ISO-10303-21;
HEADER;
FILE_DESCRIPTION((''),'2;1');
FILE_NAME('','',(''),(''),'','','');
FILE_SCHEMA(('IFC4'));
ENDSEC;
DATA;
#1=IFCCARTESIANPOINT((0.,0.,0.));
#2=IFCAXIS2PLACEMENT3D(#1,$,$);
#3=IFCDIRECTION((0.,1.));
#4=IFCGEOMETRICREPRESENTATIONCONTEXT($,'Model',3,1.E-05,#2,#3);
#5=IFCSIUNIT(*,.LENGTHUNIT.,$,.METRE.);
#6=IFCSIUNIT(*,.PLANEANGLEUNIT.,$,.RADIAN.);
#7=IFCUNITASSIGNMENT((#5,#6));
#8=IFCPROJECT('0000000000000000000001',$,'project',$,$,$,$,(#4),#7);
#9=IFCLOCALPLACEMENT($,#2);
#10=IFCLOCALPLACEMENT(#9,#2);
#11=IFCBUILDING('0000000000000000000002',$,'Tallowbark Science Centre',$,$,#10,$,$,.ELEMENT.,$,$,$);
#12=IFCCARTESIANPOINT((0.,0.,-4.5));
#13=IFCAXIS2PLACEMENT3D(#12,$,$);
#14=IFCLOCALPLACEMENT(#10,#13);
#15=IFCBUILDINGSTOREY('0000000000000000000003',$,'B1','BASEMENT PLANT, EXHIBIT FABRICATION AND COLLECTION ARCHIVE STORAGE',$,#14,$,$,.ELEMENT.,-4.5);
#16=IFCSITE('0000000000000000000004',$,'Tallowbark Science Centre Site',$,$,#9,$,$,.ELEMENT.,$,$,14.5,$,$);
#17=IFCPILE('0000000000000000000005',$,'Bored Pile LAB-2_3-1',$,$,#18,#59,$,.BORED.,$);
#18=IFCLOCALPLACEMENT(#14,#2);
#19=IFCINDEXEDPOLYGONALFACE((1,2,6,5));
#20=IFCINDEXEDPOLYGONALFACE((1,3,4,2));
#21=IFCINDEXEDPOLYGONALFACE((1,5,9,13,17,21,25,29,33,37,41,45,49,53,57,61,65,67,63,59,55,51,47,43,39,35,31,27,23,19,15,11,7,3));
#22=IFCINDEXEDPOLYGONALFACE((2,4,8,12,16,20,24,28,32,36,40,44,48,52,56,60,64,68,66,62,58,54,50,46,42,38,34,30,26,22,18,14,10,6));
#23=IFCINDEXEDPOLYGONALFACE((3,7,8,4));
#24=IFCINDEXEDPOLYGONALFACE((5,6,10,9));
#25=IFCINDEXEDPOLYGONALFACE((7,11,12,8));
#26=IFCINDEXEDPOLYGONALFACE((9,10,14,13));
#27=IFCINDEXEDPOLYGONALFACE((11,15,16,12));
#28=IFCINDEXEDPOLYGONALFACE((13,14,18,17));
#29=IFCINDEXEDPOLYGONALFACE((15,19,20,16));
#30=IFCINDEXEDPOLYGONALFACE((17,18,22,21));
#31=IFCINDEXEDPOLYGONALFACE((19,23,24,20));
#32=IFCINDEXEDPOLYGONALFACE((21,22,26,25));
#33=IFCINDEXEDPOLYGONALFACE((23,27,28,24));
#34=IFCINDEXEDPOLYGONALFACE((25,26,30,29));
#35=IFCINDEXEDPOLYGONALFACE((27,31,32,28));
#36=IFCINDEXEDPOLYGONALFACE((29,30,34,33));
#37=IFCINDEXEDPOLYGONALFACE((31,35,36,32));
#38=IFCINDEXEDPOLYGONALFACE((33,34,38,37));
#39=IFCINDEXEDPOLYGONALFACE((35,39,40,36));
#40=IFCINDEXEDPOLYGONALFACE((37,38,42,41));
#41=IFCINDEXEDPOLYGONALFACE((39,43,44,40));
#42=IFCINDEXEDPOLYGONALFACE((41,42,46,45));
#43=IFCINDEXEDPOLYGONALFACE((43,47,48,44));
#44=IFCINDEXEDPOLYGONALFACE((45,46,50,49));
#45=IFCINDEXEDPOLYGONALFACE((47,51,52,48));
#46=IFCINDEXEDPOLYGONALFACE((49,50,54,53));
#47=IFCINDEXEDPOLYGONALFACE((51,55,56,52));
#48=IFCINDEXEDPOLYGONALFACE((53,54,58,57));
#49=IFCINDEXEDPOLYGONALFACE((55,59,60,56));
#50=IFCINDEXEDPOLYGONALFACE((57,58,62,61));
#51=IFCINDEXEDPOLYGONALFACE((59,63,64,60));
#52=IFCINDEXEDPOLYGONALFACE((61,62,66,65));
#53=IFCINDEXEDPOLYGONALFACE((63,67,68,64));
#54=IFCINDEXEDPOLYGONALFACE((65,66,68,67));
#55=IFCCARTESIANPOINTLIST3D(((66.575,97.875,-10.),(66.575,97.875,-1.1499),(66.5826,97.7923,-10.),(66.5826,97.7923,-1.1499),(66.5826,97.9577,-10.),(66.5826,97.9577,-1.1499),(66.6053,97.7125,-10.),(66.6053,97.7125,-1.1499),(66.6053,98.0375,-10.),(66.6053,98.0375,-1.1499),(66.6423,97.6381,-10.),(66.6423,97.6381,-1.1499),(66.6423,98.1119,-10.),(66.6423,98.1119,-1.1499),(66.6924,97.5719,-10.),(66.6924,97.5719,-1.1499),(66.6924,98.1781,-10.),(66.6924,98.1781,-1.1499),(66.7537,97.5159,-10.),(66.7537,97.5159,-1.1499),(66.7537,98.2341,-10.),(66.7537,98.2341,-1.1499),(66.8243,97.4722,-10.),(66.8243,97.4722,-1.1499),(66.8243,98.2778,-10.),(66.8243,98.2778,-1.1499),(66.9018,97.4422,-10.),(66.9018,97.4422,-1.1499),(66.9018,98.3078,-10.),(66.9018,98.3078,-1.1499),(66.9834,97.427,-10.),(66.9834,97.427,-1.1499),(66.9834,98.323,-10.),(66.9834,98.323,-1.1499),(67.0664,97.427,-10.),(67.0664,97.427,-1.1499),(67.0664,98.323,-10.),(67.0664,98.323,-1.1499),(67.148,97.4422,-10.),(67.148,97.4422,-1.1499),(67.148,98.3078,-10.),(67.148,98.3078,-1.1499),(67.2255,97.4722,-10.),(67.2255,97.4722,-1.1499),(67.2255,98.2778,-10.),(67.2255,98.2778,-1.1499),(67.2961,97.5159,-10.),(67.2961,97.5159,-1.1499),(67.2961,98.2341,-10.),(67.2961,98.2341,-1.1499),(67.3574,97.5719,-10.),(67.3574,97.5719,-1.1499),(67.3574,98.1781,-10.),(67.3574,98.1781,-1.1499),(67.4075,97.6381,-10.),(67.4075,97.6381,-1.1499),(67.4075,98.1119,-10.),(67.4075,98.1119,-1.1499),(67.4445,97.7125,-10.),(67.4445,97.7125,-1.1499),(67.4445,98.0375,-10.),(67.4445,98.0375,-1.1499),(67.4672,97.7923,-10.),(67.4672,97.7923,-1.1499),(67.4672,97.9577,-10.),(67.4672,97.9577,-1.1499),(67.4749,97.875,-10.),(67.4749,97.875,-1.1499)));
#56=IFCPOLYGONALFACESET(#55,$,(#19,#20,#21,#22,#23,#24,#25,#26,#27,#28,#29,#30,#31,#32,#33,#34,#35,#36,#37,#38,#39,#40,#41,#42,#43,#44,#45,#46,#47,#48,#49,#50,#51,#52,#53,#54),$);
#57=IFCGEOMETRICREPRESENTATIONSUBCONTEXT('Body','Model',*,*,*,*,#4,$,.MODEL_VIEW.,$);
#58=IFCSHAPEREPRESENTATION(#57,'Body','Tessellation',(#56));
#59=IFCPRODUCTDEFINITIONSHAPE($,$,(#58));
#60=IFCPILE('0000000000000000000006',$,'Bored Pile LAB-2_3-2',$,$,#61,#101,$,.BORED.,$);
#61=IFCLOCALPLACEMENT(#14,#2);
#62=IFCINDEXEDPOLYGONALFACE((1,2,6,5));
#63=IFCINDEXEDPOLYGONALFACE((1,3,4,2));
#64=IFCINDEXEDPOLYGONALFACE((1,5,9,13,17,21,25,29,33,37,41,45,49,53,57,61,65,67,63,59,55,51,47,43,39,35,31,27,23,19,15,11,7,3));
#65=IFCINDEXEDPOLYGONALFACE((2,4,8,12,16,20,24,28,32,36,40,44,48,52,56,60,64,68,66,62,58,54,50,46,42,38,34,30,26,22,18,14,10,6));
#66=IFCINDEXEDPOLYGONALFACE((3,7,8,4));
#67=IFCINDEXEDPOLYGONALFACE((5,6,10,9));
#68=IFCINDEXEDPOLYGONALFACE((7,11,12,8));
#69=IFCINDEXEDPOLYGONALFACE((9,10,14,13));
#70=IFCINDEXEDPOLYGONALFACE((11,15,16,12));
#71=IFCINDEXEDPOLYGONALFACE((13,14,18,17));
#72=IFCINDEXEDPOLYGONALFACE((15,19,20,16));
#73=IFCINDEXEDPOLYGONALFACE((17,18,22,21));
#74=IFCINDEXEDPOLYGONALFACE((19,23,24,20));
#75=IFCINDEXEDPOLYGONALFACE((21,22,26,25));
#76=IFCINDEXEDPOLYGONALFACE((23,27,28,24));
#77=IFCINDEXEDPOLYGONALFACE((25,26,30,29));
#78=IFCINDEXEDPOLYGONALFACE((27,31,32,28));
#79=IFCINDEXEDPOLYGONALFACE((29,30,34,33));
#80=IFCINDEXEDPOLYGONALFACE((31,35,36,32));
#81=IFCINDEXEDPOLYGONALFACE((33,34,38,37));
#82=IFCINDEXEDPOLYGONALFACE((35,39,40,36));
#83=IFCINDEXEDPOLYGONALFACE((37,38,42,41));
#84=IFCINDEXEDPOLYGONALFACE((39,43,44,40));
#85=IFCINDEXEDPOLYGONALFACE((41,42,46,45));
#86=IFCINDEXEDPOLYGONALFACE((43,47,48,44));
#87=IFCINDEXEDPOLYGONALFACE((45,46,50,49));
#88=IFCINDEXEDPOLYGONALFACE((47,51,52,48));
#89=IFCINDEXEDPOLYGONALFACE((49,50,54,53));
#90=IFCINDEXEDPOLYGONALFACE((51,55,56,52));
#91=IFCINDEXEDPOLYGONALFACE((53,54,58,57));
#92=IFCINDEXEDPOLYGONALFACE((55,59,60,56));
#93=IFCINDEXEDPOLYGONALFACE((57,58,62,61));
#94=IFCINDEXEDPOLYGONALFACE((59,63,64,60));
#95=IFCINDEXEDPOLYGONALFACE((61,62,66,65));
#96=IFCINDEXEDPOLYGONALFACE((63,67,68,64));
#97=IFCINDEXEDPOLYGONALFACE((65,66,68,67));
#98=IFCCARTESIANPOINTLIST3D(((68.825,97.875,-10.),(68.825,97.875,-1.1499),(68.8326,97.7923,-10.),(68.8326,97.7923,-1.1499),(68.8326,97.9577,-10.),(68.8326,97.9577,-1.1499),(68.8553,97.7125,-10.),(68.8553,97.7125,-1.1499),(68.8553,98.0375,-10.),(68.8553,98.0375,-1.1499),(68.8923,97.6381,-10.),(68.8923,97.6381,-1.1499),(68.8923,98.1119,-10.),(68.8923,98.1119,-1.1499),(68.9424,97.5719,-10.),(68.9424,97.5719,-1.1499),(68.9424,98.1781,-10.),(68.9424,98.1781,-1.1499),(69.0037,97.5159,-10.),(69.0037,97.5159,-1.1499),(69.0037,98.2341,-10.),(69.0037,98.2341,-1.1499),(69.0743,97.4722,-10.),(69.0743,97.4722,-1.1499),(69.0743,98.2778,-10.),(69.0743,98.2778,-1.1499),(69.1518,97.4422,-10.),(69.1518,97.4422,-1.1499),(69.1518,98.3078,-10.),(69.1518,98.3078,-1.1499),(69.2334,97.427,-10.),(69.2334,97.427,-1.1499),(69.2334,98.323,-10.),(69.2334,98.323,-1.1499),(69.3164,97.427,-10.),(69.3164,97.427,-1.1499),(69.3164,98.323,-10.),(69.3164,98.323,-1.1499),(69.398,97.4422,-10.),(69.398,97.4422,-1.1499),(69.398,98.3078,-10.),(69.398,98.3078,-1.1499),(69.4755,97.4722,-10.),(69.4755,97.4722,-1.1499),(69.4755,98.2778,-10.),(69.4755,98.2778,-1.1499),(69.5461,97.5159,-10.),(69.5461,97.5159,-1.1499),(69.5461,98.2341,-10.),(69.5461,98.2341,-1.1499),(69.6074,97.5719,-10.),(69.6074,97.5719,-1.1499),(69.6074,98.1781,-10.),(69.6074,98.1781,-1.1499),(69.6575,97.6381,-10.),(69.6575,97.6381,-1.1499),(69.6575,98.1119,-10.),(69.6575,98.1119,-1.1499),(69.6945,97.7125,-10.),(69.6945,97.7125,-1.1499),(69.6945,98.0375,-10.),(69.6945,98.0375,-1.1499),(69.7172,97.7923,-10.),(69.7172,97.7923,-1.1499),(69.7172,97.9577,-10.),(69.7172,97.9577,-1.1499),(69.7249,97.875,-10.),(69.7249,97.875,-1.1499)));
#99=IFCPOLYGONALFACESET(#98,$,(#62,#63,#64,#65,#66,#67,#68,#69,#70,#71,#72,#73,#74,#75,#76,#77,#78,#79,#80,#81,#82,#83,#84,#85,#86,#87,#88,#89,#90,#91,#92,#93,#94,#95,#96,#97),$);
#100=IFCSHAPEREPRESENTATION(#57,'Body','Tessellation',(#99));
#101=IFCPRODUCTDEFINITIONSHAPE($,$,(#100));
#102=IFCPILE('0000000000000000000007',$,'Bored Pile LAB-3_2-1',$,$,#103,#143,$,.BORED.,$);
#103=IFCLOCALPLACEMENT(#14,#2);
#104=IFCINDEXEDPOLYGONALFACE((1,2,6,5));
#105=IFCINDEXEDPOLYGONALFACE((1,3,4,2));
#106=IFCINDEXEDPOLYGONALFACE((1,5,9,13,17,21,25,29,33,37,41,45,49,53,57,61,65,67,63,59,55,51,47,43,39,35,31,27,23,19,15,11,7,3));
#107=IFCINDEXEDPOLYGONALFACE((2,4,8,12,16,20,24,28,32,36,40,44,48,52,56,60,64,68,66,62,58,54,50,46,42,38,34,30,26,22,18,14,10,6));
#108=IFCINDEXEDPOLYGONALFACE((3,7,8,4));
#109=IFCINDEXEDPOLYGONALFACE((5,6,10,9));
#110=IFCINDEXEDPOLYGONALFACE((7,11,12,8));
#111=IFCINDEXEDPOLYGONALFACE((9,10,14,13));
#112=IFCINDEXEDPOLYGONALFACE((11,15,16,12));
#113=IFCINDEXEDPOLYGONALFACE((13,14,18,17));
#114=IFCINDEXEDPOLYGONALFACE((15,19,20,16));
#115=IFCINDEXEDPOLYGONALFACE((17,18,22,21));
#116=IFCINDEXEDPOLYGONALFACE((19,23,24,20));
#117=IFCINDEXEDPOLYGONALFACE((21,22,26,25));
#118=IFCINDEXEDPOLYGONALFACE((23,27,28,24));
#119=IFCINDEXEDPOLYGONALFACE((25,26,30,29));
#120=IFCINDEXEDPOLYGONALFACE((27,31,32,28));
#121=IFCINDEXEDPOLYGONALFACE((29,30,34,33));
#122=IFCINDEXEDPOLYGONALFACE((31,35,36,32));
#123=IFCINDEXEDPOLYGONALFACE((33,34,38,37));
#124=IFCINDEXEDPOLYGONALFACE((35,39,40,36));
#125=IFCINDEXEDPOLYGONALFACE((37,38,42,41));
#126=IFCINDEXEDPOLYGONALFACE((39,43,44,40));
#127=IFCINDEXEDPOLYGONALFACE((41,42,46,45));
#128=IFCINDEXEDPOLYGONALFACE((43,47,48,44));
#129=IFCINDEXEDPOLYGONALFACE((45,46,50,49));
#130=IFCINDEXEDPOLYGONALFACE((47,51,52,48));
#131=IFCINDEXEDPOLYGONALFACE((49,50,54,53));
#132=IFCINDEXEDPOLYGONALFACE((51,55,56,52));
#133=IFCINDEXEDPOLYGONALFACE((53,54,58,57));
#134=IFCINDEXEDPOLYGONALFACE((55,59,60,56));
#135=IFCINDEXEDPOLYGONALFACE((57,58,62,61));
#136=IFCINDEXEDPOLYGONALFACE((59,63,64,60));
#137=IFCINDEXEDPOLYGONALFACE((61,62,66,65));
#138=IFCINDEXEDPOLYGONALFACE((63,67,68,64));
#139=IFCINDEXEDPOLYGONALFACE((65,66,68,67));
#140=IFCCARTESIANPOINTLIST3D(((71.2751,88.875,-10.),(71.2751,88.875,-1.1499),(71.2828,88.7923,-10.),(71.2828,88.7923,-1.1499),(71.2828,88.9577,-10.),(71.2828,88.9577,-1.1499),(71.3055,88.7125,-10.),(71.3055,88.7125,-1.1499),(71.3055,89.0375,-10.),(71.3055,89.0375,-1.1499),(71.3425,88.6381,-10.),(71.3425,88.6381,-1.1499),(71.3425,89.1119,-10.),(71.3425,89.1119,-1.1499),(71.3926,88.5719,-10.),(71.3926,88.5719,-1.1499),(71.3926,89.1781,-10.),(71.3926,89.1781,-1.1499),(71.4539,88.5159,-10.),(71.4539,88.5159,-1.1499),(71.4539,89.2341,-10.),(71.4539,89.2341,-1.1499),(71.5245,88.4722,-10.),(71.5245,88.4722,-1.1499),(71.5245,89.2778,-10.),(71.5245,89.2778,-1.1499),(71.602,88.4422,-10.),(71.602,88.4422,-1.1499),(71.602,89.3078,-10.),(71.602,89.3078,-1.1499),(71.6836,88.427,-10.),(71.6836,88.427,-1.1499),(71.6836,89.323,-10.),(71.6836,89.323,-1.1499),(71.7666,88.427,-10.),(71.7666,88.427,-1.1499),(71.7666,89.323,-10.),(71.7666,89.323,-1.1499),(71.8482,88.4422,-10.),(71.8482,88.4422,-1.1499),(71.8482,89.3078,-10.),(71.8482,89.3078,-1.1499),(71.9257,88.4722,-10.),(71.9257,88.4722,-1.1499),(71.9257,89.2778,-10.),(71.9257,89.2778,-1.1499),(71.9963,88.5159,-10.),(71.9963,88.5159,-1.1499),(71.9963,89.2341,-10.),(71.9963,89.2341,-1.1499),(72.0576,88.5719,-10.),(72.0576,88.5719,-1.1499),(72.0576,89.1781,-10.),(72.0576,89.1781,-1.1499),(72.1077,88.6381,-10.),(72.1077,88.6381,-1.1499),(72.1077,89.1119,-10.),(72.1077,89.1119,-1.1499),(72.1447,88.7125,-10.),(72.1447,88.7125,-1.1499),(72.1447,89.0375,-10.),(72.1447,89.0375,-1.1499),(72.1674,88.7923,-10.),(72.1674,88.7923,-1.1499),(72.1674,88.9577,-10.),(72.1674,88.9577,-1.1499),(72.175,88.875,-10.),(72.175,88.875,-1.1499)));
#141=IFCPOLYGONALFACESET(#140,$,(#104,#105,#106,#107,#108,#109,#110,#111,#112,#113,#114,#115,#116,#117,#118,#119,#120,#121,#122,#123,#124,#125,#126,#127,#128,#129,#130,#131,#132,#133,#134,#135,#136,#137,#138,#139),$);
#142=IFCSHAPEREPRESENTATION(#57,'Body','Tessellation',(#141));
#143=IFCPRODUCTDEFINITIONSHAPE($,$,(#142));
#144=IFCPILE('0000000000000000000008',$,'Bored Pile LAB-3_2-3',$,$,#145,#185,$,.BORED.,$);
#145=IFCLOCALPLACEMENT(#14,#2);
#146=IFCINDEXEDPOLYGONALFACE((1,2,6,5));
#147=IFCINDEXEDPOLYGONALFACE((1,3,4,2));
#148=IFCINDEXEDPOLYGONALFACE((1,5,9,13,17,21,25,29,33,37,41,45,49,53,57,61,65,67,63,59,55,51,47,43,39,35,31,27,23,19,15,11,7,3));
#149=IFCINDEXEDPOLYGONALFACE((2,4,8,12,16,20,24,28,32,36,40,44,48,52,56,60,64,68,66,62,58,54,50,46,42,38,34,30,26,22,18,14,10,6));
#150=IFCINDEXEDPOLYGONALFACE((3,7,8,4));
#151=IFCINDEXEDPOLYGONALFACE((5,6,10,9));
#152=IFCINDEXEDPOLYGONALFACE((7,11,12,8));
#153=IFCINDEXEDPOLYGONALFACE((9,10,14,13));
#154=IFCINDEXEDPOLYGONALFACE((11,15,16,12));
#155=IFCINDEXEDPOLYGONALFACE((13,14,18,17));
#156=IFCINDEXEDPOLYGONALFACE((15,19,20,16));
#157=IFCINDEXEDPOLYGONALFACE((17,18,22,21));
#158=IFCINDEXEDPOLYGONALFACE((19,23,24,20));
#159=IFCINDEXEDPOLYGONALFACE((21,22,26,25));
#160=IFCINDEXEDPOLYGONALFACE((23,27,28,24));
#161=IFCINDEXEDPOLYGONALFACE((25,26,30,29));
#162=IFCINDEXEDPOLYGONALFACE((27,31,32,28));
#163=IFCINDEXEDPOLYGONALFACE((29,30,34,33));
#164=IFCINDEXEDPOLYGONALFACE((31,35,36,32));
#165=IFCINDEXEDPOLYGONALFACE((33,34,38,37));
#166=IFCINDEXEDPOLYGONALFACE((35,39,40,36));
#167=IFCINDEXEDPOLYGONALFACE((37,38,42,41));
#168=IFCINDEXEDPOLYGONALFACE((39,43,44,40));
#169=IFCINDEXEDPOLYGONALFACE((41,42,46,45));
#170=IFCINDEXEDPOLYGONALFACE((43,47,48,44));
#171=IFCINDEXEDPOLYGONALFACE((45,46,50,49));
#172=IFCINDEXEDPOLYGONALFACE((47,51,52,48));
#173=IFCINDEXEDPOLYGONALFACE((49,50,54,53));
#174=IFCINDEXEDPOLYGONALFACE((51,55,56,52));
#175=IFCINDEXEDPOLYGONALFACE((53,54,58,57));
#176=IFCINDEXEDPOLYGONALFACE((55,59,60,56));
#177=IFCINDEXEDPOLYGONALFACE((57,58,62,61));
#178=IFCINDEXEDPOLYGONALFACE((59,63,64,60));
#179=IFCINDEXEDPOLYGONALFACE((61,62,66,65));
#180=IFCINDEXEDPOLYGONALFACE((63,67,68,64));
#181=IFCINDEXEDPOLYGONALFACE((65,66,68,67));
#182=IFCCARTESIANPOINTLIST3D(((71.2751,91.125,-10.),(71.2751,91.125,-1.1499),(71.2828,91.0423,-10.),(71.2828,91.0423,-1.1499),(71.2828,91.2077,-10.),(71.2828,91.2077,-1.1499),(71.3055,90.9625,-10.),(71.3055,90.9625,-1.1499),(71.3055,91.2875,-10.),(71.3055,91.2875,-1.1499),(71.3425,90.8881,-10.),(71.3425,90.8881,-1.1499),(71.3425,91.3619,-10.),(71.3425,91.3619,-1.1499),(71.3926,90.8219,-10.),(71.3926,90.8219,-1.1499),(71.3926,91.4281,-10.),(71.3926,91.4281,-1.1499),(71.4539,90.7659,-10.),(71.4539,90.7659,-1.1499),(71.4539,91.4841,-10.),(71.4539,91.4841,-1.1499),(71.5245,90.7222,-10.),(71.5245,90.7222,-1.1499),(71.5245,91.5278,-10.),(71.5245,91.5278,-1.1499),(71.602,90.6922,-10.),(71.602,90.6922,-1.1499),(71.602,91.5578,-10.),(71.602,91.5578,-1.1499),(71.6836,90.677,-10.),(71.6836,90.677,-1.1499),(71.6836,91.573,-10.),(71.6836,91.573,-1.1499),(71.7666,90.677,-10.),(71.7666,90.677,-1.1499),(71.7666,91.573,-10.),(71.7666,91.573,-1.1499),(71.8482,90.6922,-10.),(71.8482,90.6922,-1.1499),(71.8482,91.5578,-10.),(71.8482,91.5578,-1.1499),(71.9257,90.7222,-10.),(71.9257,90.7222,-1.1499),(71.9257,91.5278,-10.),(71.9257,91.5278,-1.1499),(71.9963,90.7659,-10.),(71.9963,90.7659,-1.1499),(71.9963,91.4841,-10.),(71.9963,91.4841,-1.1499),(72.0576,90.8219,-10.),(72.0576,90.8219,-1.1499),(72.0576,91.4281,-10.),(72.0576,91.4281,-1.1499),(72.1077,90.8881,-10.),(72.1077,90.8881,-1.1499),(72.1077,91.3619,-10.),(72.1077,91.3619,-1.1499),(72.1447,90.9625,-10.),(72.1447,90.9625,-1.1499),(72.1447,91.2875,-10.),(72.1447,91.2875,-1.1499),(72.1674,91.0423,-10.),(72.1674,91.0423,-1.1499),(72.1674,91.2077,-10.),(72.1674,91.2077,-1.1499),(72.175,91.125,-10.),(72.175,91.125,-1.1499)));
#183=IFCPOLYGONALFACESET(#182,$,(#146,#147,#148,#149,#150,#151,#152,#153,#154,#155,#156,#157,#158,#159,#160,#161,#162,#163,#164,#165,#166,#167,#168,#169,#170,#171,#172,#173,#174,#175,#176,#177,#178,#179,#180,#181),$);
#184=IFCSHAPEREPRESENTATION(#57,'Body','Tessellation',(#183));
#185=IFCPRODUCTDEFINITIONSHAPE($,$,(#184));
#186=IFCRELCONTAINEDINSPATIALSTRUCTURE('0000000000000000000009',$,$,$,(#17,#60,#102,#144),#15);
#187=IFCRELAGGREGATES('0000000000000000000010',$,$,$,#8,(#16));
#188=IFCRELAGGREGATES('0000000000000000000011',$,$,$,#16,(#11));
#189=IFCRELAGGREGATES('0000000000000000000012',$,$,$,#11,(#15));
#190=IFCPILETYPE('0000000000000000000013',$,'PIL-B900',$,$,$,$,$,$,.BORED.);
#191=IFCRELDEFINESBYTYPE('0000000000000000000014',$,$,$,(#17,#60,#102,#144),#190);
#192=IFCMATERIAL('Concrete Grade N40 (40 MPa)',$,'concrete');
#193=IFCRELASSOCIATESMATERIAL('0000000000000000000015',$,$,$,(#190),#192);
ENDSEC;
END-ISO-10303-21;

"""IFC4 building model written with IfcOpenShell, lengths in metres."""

from ifc_helpers import new_model, si_unit, direction, frame, origin, origin_2d, place, context, subcontext, project, spatial, circle, extrude, material, material_profile, profile_set, type_object, element, save


model = new_model("IFC4")

# Units and contexts
model_context = context("Model", 3, precision=1e-05, world=origin(), true_north=direction((0.0, 1.0)))
body_context = subcontext(model_context, "Body", "Model", "MODEL_VIEW")
ifc_project = project(units=[si_unit("LENGTHUNIT", "METRE"), si_unit("PLANEANGLEUNIT", "RADIAN")], contexts=[model_context])

# Site, building, storey
site_placement = place(None, origin())
site = spatial("IfcSite", under=ifc_project, at=site_placement, Name="Tallowbark Science Centre Site", CompositionType="ELEMENT", RefElevation=14.5)
building_placement = place(site_placement, origin())
building = spatial("IfcBuilding", under=site, at=building_placement, Name="Tallowbark Science Centre", CompositionType="ELEMENT")
storey_placement = place(building_placement, frame((0.0, 0.0, -4.5)))
storey = spatial("IfcBuildingStorey", under=building, at=storey_placement, Name="B1", Description="BASEMENT PLANT, EXHIBIT FABRICATION AND COLLECTION ARCHIVE STORAGE", CompositionType="ELEMENT", Elevation=-4.5)

# Shared definitions
ifc_material_1 = material(Name="Concrete Grade N40 (40 MPa)", Category="concrete")

# Piles
ifc_material_profile_1 = material_profile(ifc_material_1, circle(Radius=0.45, at=origin_2d()), Name="PILE900")
ifc_profile_set_1 = profile_set([ifc_material_profile_1], Name="Concrete Grade N40 (40 MPa)")
pile_type = type_object("IfcPileType", Name="PIL-B900", PredefinedType="BORED", material=ifc_profile_set_1)
for number, where, z_axis, x_axis, name in (
    (1, (67.0249, 97.875, -1.1499), (0.0, 0.0, -1.0), (1.0, 0.0, 0.0), "Bored Pile LAB-2_3-1"),
    (2, (69.2749, 97.875, -1.1499), (0.0, 0.0, -1.0), (1.0, 0.0, 0.0), "Bored Pile LAB-2_3-2"),
    (3, (71.7251, 88.875, -1.1499), (0.0, 0.0, -1.0), (1.0, 0.0, 0.0), "Bored Pile LAB-3_2-1"),
    (4, (71.7251, 91.125, -1.1499), (0.0, 0.0, -1.0), (1.0, 0.0, 0.0), "Bored Pile LAB-3_2-3"),
):
    element("IfcPile", number, at=place(storey_placement, frame(where, z_axis=z_axis, x_axis=x_axis)), inside=storey, type_object=pile_type, Name=name, PredefinedType="BORED", context=body_context, shape_type="SweptSolid", body=[
        extrude(circle(Radius=0.45, at=origin_2d()), origin(), (0.0, 0.0, 1.0), 8.8501),
    ])

save(model, "model.ifc")
